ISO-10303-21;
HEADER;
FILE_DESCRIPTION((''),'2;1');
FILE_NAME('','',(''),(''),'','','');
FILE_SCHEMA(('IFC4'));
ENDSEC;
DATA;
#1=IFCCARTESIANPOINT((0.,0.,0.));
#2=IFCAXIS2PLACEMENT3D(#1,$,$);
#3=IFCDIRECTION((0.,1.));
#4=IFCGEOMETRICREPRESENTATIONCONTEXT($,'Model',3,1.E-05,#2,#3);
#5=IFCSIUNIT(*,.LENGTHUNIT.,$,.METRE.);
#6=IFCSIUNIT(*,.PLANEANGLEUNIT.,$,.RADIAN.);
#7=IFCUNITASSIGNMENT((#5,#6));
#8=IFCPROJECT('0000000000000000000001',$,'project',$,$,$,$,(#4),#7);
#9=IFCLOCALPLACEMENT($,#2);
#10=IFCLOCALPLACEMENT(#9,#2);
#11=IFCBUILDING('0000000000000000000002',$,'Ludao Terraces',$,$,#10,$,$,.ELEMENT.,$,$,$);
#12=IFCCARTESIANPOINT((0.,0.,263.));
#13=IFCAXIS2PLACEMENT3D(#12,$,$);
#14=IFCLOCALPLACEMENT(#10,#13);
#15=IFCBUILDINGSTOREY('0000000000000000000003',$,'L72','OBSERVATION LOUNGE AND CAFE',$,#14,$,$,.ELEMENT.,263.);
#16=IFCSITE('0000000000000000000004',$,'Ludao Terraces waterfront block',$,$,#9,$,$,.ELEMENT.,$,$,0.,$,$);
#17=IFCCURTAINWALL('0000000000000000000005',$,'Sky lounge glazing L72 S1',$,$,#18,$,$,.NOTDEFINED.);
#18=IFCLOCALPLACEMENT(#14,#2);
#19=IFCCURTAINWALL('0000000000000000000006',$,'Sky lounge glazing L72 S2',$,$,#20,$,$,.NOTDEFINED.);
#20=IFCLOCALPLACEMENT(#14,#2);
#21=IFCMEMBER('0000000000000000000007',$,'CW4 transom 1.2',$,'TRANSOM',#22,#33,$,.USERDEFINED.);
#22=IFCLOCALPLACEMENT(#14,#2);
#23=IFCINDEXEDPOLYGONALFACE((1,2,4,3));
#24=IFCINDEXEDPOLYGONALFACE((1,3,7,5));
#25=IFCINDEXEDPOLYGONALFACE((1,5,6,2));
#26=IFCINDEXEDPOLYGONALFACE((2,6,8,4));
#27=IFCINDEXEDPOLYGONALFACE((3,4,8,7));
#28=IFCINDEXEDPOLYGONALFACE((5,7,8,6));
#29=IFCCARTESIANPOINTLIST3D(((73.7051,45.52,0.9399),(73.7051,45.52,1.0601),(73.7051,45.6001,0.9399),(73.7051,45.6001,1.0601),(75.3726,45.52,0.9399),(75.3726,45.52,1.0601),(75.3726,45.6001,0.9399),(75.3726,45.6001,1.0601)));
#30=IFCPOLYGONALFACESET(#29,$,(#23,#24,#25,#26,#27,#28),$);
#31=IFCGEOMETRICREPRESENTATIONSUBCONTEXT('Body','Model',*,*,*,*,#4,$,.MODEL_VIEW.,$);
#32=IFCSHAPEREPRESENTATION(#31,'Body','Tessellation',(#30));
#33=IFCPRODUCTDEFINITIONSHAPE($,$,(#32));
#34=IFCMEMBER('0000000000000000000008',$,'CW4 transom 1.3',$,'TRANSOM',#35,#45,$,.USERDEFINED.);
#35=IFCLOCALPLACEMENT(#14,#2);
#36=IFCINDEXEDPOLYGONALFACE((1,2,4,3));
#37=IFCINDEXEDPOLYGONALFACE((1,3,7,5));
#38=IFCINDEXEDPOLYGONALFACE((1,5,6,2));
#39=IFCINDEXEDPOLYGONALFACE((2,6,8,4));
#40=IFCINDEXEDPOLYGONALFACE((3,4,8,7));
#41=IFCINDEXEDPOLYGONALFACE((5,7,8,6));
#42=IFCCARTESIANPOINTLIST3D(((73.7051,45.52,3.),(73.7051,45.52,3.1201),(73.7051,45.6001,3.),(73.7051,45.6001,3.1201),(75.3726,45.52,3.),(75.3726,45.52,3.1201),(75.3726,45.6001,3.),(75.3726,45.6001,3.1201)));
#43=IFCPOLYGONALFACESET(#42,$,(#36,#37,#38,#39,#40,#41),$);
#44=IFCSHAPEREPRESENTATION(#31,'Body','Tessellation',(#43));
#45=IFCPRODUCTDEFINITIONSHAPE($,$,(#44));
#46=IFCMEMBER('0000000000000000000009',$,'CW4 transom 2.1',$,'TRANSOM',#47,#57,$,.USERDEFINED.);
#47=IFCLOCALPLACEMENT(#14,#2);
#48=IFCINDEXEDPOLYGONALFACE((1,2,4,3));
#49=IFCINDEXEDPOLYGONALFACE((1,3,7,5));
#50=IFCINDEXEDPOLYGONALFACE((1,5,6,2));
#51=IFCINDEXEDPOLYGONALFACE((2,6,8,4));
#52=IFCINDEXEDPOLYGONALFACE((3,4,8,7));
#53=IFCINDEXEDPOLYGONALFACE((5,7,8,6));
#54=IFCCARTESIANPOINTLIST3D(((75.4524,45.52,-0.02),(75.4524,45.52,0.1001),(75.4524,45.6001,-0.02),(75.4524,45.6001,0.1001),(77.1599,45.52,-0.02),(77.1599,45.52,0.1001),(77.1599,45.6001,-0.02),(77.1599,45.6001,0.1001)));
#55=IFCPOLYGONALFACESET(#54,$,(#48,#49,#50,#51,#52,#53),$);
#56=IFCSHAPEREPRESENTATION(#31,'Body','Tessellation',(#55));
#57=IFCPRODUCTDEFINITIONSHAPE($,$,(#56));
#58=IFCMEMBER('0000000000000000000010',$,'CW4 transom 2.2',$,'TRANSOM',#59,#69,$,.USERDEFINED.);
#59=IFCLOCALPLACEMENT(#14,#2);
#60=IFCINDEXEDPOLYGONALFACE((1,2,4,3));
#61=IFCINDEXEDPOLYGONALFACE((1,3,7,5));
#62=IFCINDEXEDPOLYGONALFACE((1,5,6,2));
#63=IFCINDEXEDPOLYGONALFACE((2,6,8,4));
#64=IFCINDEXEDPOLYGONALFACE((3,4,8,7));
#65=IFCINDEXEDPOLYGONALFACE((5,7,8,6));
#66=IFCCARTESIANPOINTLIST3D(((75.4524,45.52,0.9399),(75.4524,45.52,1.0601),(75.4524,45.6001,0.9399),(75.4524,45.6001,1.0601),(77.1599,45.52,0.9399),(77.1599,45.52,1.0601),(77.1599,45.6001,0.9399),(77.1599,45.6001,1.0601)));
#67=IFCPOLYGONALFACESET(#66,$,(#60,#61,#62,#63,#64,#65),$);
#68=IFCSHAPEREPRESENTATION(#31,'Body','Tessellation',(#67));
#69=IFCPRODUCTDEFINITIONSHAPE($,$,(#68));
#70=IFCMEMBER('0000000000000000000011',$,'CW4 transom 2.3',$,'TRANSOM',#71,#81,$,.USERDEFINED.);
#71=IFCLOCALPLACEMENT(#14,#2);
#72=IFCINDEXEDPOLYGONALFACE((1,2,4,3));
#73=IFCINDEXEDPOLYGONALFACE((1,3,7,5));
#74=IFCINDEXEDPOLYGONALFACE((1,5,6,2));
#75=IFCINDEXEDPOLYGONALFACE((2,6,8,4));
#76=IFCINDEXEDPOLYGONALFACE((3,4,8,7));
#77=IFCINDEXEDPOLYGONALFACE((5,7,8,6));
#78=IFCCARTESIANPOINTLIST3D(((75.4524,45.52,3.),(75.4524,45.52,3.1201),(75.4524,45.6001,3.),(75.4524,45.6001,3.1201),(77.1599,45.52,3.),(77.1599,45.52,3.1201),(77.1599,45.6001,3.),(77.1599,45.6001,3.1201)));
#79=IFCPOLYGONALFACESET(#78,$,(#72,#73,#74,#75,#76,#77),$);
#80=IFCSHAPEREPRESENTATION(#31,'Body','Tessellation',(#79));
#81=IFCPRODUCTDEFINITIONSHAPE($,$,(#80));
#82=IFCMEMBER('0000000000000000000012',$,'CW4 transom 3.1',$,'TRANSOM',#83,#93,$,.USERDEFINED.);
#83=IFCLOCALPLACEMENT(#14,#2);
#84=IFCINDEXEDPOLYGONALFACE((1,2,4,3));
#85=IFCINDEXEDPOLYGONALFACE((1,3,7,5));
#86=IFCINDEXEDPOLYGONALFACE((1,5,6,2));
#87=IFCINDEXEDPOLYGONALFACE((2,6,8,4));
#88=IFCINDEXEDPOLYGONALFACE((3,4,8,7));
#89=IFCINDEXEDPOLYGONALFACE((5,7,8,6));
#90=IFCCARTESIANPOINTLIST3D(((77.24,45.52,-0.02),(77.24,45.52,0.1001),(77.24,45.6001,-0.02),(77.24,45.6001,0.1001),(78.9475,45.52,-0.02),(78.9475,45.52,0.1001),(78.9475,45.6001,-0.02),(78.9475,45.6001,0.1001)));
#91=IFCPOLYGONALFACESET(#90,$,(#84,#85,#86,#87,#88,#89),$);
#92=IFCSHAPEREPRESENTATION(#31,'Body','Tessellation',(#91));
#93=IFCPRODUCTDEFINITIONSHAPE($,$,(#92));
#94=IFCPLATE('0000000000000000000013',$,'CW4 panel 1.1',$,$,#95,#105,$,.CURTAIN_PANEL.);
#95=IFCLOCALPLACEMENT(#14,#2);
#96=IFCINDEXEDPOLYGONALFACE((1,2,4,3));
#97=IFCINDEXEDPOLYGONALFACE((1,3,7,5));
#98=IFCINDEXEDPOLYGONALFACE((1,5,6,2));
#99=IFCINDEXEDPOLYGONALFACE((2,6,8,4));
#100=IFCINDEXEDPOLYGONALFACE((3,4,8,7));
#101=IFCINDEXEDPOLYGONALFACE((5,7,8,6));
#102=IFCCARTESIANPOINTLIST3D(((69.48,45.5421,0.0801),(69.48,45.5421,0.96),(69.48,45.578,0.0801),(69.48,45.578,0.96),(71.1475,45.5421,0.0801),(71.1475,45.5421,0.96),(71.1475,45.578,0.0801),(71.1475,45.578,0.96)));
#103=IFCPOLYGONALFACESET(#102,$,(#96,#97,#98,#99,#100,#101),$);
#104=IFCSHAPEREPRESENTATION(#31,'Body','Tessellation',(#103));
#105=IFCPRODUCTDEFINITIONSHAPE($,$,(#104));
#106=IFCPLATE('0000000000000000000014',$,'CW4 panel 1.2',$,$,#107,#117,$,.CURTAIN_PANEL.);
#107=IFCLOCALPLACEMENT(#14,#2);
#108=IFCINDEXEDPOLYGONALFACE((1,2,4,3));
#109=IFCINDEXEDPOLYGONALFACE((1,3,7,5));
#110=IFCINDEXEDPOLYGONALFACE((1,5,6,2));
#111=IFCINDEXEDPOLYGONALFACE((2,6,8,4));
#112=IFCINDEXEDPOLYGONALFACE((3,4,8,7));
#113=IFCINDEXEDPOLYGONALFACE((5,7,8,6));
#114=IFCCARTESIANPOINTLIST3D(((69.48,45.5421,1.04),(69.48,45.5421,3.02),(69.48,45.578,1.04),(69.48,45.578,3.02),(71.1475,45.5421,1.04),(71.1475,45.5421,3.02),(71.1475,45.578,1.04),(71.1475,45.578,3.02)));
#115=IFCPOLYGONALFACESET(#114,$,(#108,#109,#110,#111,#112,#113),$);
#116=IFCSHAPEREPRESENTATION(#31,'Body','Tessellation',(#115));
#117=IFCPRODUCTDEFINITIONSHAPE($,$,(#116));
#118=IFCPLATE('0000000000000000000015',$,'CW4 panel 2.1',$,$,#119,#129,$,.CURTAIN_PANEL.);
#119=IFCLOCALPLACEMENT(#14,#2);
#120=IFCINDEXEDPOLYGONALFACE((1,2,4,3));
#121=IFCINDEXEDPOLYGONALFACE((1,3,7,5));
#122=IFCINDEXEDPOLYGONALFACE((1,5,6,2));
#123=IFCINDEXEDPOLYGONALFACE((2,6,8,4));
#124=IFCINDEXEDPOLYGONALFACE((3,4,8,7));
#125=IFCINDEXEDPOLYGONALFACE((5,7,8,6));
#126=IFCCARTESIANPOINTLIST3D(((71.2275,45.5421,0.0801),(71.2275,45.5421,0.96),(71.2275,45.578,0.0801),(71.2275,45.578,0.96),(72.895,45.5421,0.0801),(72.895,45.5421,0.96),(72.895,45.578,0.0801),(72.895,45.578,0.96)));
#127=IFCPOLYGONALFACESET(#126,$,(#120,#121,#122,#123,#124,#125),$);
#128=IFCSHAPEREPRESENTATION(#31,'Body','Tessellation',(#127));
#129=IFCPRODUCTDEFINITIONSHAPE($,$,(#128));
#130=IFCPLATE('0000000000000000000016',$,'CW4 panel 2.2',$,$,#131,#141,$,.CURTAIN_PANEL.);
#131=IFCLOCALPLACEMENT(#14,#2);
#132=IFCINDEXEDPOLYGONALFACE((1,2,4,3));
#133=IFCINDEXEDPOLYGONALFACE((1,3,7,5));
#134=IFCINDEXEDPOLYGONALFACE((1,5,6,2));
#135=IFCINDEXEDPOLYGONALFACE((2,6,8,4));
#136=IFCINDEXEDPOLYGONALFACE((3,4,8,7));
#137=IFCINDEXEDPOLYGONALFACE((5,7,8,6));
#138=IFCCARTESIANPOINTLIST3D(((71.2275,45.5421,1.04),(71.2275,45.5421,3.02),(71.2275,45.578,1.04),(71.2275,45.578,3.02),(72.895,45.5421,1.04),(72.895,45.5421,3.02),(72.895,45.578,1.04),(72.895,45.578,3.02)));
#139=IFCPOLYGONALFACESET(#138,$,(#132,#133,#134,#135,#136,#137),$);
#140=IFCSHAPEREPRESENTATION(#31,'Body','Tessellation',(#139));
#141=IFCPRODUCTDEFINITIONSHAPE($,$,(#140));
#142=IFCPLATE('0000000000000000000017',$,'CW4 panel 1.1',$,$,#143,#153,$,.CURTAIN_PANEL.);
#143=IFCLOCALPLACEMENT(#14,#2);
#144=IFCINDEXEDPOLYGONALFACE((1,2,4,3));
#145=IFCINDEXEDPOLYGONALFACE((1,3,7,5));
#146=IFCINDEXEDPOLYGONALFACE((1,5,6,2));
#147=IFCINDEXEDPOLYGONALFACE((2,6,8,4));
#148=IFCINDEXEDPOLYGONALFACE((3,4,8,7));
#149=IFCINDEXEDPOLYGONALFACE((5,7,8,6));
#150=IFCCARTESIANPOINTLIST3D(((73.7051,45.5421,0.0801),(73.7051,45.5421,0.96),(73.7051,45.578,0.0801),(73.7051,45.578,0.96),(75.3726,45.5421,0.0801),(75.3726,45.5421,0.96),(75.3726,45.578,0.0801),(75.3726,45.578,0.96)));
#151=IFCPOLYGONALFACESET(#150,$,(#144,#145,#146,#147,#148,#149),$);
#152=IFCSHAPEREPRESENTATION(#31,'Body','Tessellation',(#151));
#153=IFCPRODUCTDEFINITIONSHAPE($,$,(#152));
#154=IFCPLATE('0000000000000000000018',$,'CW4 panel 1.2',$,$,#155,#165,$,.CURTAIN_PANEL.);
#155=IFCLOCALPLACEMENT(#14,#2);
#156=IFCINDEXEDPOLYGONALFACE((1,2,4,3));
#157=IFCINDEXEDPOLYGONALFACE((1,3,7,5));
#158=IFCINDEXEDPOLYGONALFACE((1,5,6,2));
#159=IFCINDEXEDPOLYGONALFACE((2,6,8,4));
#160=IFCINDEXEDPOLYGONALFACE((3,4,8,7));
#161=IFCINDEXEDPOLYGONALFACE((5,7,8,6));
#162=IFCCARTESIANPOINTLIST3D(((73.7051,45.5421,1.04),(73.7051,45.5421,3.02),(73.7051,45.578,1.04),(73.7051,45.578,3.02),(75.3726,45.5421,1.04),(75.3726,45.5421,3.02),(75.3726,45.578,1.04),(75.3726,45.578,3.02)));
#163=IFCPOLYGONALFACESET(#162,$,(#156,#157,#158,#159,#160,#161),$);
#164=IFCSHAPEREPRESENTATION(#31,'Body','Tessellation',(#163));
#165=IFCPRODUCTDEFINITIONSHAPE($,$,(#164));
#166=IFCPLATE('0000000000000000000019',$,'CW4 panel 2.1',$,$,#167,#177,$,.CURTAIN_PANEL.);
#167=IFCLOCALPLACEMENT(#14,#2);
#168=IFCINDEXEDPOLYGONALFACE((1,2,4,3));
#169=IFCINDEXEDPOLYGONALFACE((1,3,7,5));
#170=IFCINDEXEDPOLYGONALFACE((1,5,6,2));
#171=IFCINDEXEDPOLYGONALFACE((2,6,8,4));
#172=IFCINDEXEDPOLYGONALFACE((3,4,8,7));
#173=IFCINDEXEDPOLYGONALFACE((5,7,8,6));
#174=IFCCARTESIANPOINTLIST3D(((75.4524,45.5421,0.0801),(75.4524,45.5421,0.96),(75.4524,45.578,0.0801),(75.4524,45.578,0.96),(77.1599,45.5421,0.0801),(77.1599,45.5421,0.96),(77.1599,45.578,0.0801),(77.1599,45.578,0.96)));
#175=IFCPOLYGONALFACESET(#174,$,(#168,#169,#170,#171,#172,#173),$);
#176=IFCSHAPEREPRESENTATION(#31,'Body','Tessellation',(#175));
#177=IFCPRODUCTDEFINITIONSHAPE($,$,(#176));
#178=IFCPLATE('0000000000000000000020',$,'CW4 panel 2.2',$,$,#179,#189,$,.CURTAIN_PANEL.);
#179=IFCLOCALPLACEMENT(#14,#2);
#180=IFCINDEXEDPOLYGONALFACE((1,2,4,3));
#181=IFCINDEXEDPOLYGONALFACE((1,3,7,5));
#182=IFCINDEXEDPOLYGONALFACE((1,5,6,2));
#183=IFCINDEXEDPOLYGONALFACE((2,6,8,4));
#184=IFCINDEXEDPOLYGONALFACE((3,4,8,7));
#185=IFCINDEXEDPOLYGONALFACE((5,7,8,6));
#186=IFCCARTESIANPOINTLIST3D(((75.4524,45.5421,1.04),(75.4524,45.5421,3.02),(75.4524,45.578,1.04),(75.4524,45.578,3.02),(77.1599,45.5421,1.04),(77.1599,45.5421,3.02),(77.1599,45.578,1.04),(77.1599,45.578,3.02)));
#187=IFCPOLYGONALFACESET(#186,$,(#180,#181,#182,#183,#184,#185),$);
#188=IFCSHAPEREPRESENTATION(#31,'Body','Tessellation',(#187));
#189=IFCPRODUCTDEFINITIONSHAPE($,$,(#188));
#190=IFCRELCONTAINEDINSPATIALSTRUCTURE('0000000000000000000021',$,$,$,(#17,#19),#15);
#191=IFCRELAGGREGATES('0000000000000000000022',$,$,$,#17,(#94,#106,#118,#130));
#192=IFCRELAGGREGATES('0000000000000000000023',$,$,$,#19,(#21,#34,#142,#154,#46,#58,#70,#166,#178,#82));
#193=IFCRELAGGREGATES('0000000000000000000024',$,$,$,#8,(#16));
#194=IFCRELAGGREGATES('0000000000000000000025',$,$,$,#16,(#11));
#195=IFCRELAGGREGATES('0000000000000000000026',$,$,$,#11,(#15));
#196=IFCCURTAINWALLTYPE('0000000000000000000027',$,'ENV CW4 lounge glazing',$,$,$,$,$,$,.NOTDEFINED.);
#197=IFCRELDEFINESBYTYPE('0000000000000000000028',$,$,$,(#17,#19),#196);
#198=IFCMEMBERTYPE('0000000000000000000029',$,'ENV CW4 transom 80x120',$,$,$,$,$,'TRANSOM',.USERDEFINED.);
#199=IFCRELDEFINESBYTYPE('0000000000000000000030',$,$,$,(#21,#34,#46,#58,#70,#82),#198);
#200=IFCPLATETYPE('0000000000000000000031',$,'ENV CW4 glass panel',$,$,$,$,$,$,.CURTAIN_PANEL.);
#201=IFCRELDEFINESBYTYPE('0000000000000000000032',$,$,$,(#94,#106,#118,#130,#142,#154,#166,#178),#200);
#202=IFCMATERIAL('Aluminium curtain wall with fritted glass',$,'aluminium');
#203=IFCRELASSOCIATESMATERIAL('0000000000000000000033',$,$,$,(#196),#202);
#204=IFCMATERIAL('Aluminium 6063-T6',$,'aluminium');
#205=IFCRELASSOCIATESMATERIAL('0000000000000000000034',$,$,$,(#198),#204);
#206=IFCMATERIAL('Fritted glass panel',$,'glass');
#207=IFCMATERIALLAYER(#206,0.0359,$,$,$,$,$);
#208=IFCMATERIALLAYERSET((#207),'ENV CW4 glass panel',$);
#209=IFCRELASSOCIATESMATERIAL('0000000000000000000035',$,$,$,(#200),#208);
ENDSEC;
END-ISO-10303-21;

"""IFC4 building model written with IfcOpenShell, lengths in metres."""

from ifc_helpers import new_model, si_unit, direction, frame, origin, origin_2d, place, context, subcontext, project, spatial, rectangle, extrude, material, layer, layer_set, material_profile, profile_set, type_object, element, aggregate, save


model = new_model("IFC4")

# Units and contexts
model_context = context("Model", 3, precision=1e-05, world=origin(), true_north=direction((0.0, 1.0)))
body_context = subcontext(model_context, "Body", "Model", "MODEL_VIEW")
ifc_project = project(units=[si_unit("LENGTHUNIT", "METRE"), si_unit("PLANEANGLEUNIT", "RADIAN")], contexts=[model_context])

# Site, building, storey
site_placement = place(None, origin())
site = spatial("IfcSite", under=ifc_project, at=site_placement, Name="Ludao Terraces waterfront block", CompositionType="ELEMENT", RefElevation=0.0)
building_placement = place(site_placement, origin())
building = spatial("IfcBuilding", under=site, at=building_placement, Name="Ludao Terraces", CompositionType="ELEMENT")
storey_placement = place(building_placement, frame((0.0, 0.0, 263.0)))
storey = spatial("IfcBuildingStorey", under=building, at=storey_placement, Name="L72", Description="OBSERVATION LOUNGE AND CAFE", CompositionType="ELEMENT", Elevation=263.0)

# Curtain walls
ifc_material_1 = material(Name="Aluminium curtain wall with fritted glass", Category="aluminium")
curtain_wall_type = type_object("IfcCurtainWallType", Name="ENV CW4 lounge glazing", PredefinedType="NOTDEFINED", material=ifc_material_1)
curtain_wall_1_placement = place(storey_placement, origin())
curtain_wall_1 = element("IfcCurtainWall", 1, at=curtain_wall_1_placement, inside=storey, type_object=curtain_wall_type, Name="Sky lounge glazing L72 S1", PredefinedType="NOTDEFINED")
ifc_material_2 = material(Name="Aluminium 6063-T6", Category="aluminium")
curtain_wall_2_placement = place(storey_placement, origin())
curtain_wall_2 = element("IfcCurtainWall", 2, at=curtain_wall_2_placement, inside=storey, type_object=curtain_wall_type, Name="Sky lounge glazing L72 S2", PredefinedType="NOTDEFINED")

# Members
ifc_material_profile_1 = material_profile(ifc_material_2, rectangle(XDim=0.0801, YDim=0.1201, at=origin_2d()), Name="80 X 120")
ifc_profile_set_1 = profile_set([ifc_material_profile_1], Name="Aluminium 6063-T6")
member_type_1 = type_object("IfcMemberType", Name="ENV CW4 transom 80x120", ElementType="TRANSOM", PredefinedType="USERDEFINED", material=ifc_profile_set_1)
member_1_placement = place(storey_placement, frame((73.7051, 45.5601, 1.0), z_axis=(1.0, 0.0, 0.0), x_axis=(0.0, 1.0, 0.0)))
member_1 = element("IfcMember", 3, at=member_1_placement, type_object=member_type_1, Name="CW4 transom 1.2", ObjectType="TRANSOM", PredefinedType="USERDEFINED", context=body_context, shape_type="SweptSolid", body=[
    extrude(rectangle(XDim=0.0801, YDim=0.1201, at=origin_2d()), origin(), (0.0, 0.0, 1.0), 1.6675),
])
member_2_placement = place(storey_placement, frame((73.7051, 45.5601, 3.0601), z_axis=(1.0, 0.0, 0.0), x_axis=(0.0, 1.0, 0.0)))
member_2 = element("IfcMember", 4, at=member_2_placement, type_object=member_type_1, Name="CW4 transom 1.3", ObjectType="TRANSOM", PredefinedType="USERDEFINED", context=body_context, shape_type="SweptSolid", body=[
    extrude(rectangle(XDim=0.0801, YDim=0.1201, at=origin_2d()), origin(), (0.0, 0.0, 1.0), 1.6675),
])
member_3_placement = place(storey_placement, frame((75.4524, 45.5601, 0.04), z_axis=(1.0, 0.0, 0.0), x_axis=(0.0, 1.0, 0.0)))
member_3 = element("IfcMember", 5, at=member_3_placement, type_object=member_type_1, Name="CW4 transom 2.1", ObjectType="TRANSOM", PredefinedType="USERDEFINED", context=body_context, shape_type="SweptSolid", body=[
    extrude(rectangle(XDim=0.0801, YDim=0.1201, at=origin_2d()), origin(), (0.0, 0.0, 1.0), 1.7075),
])
member_4_placement = place(storey_placement, frame((75.4524, 45.5601, 1.0), z_axis=(1.0, 0.0, 0.0), x_axis=(0.0, 1.0, 0.0)))
member_4 = element("IfcMember", 6, at=member_4_placement, type_object=member_type_1, Name="CW4 transom 2.2", ObjectType="TRANSOM", PredefinedType="USERDEFINED", context=body_context, shape_type="SweptSolid", body=[
    extrude(rectangle(XDim=0.0801, YDim=0.1201, at=origin_2d()), origin(), (0.0, 0.0, 1.0), 1.7075),
])
member_5_placement = place(storey_placement, frame((75.4524, 45.5601, 3.0601), z_axis=(1.0, 0.0, 0.0), x_axis=(0.0, 1.0, 0.0)))
member_5 = element("IfcMember", 7, at=member_5_placement, type_object=member_type_1, Name="CW4 transom 2.3", ObjectType="TRANSOM", PredefinedType="USERDEFINED", context=body_context, shape_type="SweptSolid", body=[
    extrude(rectangle(XDim=0.0801, YDim=0.1201, at=origin_2d()), origin(), (0.0, 0.0, 1.0), 1.7075),
])
member_6_placement = place(storey_placement, frame((77.24, 45.5601, 0.04), z_axis=(1.0, 0.0, 0.0), x_axis=(0.0, 1.0, 0.0)))
member_6 = element("IfcMember", 8, at=member_6_placement, type_object=member_type_1, Name="CW4 transom 3.1", ObjectType="TRANSOM", PredefinedType="USERDEFINED", context=body_context, shape_type="SweptSolid", body=[
    extrude(rectangle(XDim=0.0801, YDim=0.1201, at=origin_2d()), origin(), (0.0, 0.0, 1.0), 1.7075),
])

# Plates
ifc_material_3 = material(Name="Fritted glass panel", Category="glass")
ifc_layer_1 = layer(ifc_material_3, 0.0359)
ifc_layer_set_1 = layer_set([ifc_layer_1], Name="ENV CW4 glass panel")
plate_type = type_object("IfcPlateType", Name="ENV CW4 glass panel", PredefinedType="CURTAIN_PANEL", material=ifc_layer_set_1)
plate_1_placement = place(storey_placement, frame((70.3137, 45.5601, 0.0801), z_axis=(0.0, 0.0, 1.0), x_axis=(1.0, 0.0, 0.0)))
plate_1 = element("IfcPlate", 9, at=plate_1_placement, type_object=plate_type, Name="CW4 panel 1.1", PredefinedType="CURTAIN_PANEL", context=body_context, shape_type="SweptSolid", body=[
    extrude(rectangle(XDim=1.6675, YDim=0.0359, at=origin_2d()), origin(), (0.0, 0.0, 1.0), 0.8799),
])
plate_2_placement = place(storey_placement, frame((70.3137, 45.5601, 1.04), z_axis=(0.0, 0.0, 1.0), x_axis=(1.0, 0.0, 0.0)))
plate_2 = element("IfcPlate", 10, at=plate_2_placement, type_object=plate_type, Name="CW4 panel 1.2", PredefinedType="CURTAIN_PANEL", context=body_context, shape_type="SweptSolid", body=[
    extrude(rectangle(XDim=1.6675, YDim=0.0359, at=origin_2d()), origin(), (0.0, 0.0, 1.0), 1.98),
])
plate_3_placement = place(storey_placement, frame((72.0613, 45.5601, 0.0801), z_axis=(0.0, 0.0, 1.0), x_axis=(1.0, 0.0, 0.0)))
plate_3 = element("IfcPlate", 11, at=plate_3_placement, type_object=plate_type, Name="CW4 panel 2.1", PredefinedType="CURTAIN_PANEL", context=body_context, shape_type="SweptSolid", body=[
    extrude(rectangle(XDim=1.6675, YDim=0.0359, at=origin_2d()), origin(), (0.0, 0.0, 1.0), 0.8799),
])
plate_4_placement = place(storey_placement, frame((72.0613, 45.5601, 1.04), z_axis=(0.0, 0.0, 1.0), x_axis=(1.0, 0.0, 0.0)))
plate_4 = element("IfcPlate", 12, at=plate_4_placement, type_object=plate_type, Name="CW4 panel 2.2", PredefinedType="CURTAIN_PANEL", context=body_context, shape_type="SweptSolid", body=[
    extrude(rectangle(XDim=1.6675, YDim=0.0359, at=origin_2d()), origin(), (0.0, 0.0, 1.0), 1.98),
])
aggregate(curtain_wall_1, [plate_1, plate_2, plate_3, plate_4])
plate_5_placement = place(storey_placement, frame((74.5388, 45.5601, 0.0801), z_axis=(0.0, 0.0, 1.0), x_axis=(1.0, 0.0, 0.0)))
plate_5 = element("IfcPlate", 13, at=plate_5_placement, type_object=plate_type, Name="CW4 panel 1.1", PredefinedType="CURTAIN_PANEL", context=body_context, shape_type="SweptSolid", body=[
    extrude(rectangle(XDim=1.6675, YDim=0.0359, at=origin_2d()), origin(), (0.0, 0.0, 1.0), 0.8799),
])
plate_6_placement = place(storey_placement, frame((74.5388, 45.5601, 1.04), z_axis=(0.0, 0.0, 1.0), x_axis=(1.0, 0.0, 0.0)))
plate_6 = element("IfcPlate", 14, at=plate_6_placement, type_object=plate_type, Name="CW4 panel 1.2", PredefinedType="CURTAIN_PANEL", context=body_context, shape_type="SweptSolid", body=[
    extrude(rectangle(XDim=1.6675, YDim=0.0359, at=origin_2d()), origin(), (0.0, 0.0, 1.0), 1.98),
])
plate_7_placement = place(storey_placement, frame((76.3062, 45.5601, 0.0801), z_axis=(0.0, 0.0, 1.0), x_axis=(1.0, 0.0, 0.0)))
plate_7 = element("IfcPlate", 15, at=plate_7_placement, type_object=plate_type, Name="CW4 panel 2.1", PredefinedType="CURTAIN_PANEL", context=body_context, shape_type="SweptSolid", body=[
    extrude(rectangle(XDim=1.7075, YDim=0.0359, at=origin_2d()), origin(), (0.0, 0.0, 1.0), 0.8799),
])
plate_8_placement = place(storey_placement, frame((76.3062, 45.5601, 1.04), z_axis=(0.0, 0.0, 1.0), x_axis=(1.0, 0.0, 0.0)))
plate_8 = element("IfcPlate", 16, at=plate_8_placement, type_object=plate_type, Name="CW4 panel 2.2", PredefinedType="CURTAIN_PANEL", context=body_context, shape_type="SweptSolid", body=[
    extrude(rectangle(XDim=1.7075, YDim=0.0359, at=origin_2d()), origin(), (0.0, 0.0, 1.0), 1.98),
])
aggregate(curtain_wall_2, [member_1, member_2, plate_5, plate_6, member_3, member_4, member_5, plate_7, plate_8, member_6])

save(model, "model.ifc")
